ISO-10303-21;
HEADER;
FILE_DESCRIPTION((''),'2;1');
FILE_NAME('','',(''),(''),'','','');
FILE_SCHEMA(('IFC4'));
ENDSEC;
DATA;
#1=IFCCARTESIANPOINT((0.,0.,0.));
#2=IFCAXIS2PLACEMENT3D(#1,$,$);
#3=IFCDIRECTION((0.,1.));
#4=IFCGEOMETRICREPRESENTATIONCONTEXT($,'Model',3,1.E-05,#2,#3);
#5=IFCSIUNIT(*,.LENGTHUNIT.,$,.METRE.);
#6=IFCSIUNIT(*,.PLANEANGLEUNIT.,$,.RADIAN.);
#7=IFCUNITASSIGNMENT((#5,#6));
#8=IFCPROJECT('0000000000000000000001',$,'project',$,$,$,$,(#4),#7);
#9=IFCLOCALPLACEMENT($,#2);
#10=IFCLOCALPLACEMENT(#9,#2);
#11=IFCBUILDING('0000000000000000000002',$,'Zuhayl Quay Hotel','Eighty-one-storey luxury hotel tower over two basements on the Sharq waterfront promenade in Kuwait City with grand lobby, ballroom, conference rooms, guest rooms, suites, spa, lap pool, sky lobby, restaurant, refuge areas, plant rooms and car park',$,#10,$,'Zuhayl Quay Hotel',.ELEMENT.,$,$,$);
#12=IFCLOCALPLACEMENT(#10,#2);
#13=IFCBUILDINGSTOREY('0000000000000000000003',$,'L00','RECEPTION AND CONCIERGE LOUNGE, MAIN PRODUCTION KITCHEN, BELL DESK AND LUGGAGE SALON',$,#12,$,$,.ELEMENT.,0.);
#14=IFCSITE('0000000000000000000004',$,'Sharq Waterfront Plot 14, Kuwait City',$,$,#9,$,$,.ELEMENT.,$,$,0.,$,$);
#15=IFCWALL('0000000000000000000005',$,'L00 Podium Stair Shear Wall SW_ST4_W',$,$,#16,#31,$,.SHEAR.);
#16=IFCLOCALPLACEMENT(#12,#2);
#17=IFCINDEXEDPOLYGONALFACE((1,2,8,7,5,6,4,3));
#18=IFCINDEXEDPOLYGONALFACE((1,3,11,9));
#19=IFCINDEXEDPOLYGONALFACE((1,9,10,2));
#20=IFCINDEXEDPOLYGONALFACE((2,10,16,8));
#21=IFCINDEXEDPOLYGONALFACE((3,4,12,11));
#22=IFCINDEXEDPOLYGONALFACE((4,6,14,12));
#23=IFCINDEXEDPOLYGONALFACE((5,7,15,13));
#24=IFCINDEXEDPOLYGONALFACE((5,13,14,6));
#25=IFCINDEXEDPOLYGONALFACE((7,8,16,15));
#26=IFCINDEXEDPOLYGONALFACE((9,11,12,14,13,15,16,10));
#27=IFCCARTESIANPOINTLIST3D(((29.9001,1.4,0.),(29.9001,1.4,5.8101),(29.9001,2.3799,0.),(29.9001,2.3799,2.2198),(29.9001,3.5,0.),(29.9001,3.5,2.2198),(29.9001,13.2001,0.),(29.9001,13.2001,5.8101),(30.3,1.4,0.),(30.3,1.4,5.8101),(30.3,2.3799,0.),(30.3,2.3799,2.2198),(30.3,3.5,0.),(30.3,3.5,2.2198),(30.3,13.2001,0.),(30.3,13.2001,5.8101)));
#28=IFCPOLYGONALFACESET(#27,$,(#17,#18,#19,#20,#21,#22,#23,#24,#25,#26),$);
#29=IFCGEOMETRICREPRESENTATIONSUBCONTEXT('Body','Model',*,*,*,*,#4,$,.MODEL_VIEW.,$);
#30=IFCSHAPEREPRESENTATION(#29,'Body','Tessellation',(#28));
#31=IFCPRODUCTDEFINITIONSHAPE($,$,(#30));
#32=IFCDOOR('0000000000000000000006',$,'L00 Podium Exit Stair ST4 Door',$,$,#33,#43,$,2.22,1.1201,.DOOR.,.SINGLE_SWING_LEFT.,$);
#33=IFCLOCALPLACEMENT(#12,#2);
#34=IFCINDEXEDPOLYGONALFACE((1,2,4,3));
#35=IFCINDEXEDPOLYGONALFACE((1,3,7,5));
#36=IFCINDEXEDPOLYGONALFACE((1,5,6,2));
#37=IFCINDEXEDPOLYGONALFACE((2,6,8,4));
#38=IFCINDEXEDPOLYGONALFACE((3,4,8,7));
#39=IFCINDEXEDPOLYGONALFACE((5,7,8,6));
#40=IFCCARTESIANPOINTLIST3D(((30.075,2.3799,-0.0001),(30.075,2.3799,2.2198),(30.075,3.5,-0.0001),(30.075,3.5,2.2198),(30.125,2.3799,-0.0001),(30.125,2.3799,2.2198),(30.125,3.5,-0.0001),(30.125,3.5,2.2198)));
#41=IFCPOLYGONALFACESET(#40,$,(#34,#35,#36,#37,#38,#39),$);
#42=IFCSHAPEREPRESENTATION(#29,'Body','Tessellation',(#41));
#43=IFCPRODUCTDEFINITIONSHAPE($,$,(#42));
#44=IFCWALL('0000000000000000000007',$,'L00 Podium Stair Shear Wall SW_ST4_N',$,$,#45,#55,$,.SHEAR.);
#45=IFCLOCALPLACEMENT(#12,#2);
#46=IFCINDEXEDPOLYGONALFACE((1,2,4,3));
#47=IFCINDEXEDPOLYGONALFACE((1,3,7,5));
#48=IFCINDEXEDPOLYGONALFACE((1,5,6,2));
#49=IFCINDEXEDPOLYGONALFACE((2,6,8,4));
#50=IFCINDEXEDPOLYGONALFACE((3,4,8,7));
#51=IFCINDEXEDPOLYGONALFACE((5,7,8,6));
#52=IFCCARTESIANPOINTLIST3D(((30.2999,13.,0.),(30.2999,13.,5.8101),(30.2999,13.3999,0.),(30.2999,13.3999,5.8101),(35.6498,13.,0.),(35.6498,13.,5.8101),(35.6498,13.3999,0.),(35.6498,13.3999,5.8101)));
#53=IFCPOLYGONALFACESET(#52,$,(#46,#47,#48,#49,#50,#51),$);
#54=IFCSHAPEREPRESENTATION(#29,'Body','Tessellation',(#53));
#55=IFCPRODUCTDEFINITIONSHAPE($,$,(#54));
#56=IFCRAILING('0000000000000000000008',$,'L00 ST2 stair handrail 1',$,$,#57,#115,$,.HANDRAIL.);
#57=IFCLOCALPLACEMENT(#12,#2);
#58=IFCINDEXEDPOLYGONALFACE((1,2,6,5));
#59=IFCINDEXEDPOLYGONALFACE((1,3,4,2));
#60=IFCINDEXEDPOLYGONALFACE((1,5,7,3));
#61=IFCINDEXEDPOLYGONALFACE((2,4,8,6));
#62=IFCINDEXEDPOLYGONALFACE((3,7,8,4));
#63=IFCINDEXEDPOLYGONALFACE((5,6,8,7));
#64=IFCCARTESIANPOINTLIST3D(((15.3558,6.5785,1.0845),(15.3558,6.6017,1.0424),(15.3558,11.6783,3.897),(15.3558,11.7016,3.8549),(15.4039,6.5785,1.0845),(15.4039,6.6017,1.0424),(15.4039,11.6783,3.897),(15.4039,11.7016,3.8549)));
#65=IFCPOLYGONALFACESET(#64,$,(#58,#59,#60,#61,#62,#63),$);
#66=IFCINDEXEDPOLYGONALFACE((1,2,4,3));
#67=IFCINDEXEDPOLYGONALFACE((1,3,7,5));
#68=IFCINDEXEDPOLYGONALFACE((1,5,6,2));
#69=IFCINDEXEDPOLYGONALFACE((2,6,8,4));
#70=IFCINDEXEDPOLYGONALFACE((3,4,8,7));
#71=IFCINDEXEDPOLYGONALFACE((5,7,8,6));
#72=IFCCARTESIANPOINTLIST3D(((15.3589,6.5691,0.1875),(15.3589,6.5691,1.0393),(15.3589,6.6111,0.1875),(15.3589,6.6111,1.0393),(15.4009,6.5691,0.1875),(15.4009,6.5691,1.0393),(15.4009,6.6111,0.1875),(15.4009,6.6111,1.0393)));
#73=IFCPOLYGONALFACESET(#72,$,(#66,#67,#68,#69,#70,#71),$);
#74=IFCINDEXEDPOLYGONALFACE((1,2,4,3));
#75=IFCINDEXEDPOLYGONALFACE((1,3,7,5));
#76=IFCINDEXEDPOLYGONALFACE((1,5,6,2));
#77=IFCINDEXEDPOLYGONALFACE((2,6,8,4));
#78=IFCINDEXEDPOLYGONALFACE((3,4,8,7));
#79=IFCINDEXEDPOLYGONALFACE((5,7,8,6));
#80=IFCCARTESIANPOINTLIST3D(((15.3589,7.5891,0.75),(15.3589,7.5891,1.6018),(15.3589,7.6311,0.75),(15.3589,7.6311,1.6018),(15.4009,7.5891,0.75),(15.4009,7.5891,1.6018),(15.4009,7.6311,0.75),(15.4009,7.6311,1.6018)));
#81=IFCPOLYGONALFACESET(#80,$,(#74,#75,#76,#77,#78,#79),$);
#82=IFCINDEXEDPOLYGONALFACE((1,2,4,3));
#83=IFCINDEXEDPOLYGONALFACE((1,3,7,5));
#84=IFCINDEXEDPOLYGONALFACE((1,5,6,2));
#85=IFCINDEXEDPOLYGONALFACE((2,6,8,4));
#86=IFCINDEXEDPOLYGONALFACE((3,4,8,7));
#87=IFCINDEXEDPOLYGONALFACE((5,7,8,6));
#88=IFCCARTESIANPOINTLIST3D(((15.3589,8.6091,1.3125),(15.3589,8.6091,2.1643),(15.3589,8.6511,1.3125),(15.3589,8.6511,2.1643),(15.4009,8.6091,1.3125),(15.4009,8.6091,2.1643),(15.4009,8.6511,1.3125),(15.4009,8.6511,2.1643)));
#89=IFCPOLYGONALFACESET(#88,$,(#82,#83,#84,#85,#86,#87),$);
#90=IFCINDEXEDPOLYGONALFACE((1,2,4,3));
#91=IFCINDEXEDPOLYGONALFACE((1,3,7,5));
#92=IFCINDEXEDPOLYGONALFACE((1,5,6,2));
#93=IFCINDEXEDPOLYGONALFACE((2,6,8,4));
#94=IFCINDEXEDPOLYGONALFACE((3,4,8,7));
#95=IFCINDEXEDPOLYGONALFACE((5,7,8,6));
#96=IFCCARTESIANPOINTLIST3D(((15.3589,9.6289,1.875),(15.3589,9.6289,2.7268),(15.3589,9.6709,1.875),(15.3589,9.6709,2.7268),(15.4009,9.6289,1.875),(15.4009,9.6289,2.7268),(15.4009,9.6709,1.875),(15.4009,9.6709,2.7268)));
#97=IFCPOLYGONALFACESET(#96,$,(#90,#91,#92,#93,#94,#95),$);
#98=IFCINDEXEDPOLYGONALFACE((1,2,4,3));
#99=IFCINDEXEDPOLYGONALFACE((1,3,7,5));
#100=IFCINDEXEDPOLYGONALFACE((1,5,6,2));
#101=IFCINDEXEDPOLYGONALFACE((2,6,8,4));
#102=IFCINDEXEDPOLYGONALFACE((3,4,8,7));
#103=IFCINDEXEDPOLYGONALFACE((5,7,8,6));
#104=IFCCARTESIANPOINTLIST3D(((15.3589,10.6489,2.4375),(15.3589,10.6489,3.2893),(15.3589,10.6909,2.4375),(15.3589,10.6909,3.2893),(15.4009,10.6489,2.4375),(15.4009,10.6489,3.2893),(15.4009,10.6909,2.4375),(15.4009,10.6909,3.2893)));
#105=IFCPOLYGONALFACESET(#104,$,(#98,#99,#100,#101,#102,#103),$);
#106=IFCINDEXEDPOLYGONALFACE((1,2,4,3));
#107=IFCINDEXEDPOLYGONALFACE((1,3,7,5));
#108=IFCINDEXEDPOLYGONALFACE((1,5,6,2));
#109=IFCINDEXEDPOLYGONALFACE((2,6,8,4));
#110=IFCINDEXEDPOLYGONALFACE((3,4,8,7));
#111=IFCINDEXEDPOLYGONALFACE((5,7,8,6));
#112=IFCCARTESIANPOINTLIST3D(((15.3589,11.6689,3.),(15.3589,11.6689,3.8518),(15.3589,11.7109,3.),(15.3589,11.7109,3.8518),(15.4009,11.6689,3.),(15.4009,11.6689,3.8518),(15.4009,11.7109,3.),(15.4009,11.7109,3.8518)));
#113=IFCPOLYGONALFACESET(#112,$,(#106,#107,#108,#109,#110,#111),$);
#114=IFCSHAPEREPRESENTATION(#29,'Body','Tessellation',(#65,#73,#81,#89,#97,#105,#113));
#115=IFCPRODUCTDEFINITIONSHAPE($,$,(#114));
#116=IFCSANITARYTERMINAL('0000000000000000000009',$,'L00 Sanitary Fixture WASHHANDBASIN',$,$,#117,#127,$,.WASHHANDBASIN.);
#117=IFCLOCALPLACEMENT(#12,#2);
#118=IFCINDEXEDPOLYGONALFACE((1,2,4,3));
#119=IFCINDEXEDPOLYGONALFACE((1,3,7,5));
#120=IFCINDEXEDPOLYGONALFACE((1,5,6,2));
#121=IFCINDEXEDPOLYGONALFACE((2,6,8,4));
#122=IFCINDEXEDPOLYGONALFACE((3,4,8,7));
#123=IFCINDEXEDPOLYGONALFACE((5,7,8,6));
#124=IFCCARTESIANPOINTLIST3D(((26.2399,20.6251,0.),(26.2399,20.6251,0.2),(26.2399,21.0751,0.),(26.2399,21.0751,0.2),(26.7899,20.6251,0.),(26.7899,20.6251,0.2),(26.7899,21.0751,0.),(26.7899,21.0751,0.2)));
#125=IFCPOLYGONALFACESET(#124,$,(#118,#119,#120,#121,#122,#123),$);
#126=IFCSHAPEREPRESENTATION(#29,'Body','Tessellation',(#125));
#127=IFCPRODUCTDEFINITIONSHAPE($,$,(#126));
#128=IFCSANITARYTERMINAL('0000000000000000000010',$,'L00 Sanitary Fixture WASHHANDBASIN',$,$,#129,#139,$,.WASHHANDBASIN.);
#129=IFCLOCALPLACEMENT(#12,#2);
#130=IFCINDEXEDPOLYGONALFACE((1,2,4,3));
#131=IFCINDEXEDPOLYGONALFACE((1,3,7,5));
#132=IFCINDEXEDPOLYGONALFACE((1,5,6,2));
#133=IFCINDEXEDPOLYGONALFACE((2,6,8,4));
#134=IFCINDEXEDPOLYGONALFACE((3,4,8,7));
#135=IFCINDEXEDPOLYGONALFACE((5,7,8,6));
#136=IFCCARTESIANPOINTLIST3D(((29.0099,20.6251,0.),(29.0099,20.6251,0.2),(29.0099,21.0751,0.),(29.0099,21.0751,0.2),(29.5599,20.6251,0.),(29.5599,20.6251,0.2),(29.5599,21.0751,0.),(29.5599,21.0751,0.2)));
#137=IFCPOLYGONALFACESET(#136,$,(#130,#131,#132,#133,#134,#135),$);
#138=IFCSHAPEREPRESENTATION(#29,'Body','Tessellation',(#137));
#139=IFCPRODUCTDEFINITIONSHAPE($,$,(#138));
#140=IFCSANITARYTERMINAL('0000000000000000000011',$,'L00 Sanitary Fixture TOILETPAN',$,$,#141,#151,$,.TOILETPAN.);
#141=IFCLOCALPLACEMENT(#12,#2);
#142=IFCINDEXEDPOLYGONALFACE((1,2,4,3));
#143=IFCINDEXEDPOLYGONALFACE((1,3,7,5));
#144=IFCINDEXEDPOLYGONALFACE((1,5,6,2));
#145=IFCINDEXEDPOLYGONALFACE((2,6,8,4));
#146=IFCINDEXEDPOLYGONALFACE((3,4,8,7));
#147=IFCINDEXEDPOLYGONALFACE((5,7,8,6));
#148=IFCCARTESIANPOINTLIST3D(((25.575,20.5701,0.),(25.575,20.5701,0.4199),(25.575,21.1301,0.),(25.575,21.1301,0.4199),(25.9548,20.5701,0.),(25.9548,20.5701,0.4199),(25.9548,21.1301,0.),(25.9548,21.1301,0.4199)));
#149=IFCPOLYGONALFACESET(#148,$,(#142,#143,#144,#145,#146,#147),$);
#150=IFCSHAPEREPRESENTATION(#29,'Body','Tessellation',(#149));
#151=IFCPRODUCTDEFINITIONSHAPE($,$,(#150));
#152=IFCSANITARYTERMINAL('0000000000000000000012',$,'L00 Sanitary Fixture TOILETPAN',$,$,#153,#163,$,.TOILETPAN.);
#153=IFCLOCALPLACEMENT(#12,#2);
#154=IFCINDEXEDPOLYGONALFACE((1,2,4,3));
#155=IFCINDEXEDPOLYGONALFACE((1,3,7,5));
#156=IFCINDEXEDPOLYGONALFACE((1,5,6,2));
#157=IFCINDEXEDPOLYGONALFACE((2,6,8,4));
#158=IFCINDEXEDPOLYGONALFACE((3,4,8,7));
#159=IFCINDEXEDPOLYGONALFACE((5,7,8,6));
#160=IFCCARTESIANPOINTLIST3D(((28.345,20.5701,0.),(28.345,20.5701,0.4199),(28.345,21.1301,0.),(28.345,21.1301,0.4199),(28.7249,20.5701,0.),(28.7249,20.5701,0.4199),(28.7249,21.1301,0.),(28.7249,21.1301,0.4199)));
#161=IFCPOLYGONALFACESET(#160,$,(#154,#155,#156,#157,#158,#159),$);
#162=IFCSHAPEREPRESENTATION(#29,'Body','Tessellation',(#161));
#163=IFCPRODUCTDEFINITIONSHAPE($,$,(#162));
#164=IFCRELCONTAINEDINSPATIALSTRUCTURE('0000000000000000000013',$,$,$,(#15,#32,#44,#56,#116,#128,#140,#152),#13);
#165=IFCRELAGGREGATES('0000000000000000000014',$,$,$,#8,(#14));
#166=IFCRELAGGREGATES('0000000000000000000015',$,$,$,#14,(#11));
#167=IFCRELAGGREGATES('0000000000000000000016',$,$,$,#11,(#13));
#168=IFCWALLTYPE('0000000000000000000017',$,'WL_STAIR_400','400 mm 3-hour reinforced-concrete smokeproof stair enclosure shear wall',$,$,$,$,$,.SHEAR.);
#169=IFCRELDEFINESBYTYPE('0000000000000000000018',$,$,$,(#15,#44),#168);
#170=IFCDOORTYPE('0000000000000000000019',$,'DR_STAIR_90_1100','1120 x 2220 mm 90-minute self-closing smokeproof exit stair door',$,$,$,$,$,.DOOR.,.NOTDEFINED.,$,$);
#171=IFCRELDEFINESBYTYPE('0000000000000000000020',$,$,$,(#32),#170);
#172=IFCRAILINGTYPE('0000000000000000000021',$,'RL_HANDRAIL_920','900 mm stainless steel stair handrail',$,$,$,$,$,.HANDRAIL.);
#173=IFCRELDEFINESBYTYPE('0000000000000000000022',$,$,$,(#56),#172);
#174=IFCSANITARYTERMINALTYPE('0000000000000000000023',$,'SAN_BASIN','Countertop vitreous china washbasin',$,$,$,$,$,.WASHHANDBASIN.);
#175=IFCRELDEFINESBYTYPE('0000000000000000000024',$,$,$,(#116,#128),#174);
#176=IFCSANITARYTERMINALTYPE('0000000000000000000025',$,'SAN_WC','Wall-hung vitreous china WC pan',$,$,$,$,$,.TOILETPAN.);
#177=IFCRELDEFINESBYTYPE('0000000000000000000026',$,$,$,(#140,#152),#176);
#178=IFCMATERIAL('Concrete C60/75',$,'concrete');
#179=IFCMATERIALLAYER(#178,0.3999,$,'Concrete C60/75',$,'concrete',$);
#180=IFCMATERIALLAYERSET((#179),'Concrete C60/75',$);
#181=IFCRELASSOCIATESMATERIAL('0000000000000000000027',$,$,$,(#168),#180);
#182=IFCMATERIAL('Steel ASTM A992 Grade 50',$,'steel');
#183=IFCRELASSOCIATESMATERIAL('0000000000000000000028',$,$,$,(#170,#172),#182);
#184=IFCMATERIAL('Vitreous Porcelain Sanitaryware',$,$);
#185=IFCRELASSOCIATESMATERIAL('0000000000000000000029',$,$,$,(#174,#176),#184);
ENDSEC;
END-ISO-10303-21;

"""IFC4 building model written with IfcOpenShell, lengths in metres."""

from ifc_helpers import new_model, si_unit, direction, frame, frame_2d, origin, origin_2d, place, context, subcontext, project, spatial, rectangle, extrude, material, layer, layer_set, type_object, element, fill, save


model = new_model("IFC4")

# Units and contexts
model_context = context("Model", 3, precision=1e-05, world=origin(), true_north=direction((0.0, 1.0)))
body_context = subcontext(model_context, "Body", "Model", "MODEL_VIEW")
ifc_project = project(units=[si_unit("LENGTHUNIT", "METRE"), si_unit("PLANEANGLEUNIT", "RADIAN")], contexts=[model_context])

# Site, building, storey
site_placement = place(None, origin())
site = spatial("IfcSite", under=ifc_project, at=site_placement, Name="Sharq Waterfront Plot 14, Kuwait City", CompositionType="ELEMENT", RefElevation=0.0)
building_placement = place(site_placement, origin())
building = spatial("IfcBuilding", under=site, at=building_placement, Name="Zuhayl Quay Hotel", Description="Eighty-one-storey luxury hotel tower over two basements on the Sharq waterfront promenade in Kuwait City with grand lobby, ballroom, conference rooms, guest rooms, suites, spa, lap pool, sky lobby, restaurant, refuge areas, plant rooms and car park", LongName="Zuhayl Quay Hotel", CompositionType="ELEMENT")
storey_placement = place(building_placement, origin())
storey = spatial("IfcBuildingStorey", under=building, at=storey_placement, Name="L00", Description="RECEPTION AND CONCIERGE LOUNGE, MAIN PRODUCTION KITCHEN, BELL DESK AND LUGGAGE SALON", CompositionType="ELEMENT", Elevation=0.0)

# Wall, opening, door
ifc_material_1 = material(Name="Concrete C60/75", Category="concrete")
ifc_layer_1 = layer(ifc_material_1, 0.3999, Name="Concrete C60/75", Category="concrete")
ifc_layer_set_1 = layer_set([ifc_layer_1], Name="Concrete C60/75")
wall_type_1 = type_object("IfcWallType", Name="WL_STAIR_400", Description="400 mm 3-hour reinforced-concrete smokeproof stair enclosure shear wall", PredefinedType="SHEAR", material=ifc_layer_set_1)
wall_1_placement = place(storey_placement, frame((30.1001, 13.2, 0.0), z_axis=(0.0, 0.0, 1.0), x_axis=(0.0, -1.0, 0.0)))
wall_1 = element("IfcWall", 1, at=wall_1_placement, inside=storey, type_object=wall_type_1, Name="L00 Podium Stair Shear Wall SW_ST4_W", PredefinedType="SHEAR", context=body_context, shape_type="SweptSolid", body=[
    extrude(rectangle(XDim=11.8, YDim=0.3999, at=frame_2d((5.8999, 0.0))), origin(), (0.0, 0.0, 1.0), 5.8101),
])
opening_1_placement = place(wall_1_placement, frame((9.7, 0.0, 0.0)))
opening_1 = element("IfcOpeningElement", 2, at=opening_1_placement, cuts=wall_1, PredefinedType="OPENING", context=body_context, shape_type="SweptSolid", body=[
    extrude(rectangle(XDim=1.1201, YDim=2.22, at=frame_2d((0.5601, 1.1099))), frame((0.0, 0.21, 0.0), z_axis=(0.0, -1.0, 0.0), x_axis=(1.0, 0.0, 0.0)), (0.0, 0.0, 1.0), 0.4199),
])
ifc_material_2 = material(Name="Steel ASTM A992 Grade 50", Category="steel")
door_type_1 = type_object("IfcDoorType", Name="DR_STAIR_90_1100", Description="1120 x 2220 mm 90-minute self-closing smokeproof exit stair door", OperationType="NOTDEFINED", PredefinedType="DOOR", material=ifc_material_2)
door_1_placement = place(opening_1_placement, origin())
door_1 = element("IfcDoor", 3, at=door_1_placement, inside=storey, type_object=door_type_1, Name="L00 Podium Exit Stair ST4 Door", OperationType="SINGLE_SWING_LEFT", OverallHeight=2.22, OverallWidth=1.1201, PredefinedType="DOOR", context=body_context, shape_type="SweptSolid", body=[
    extrude(rectangle(XDim=1.1201, YDim=2.22, at=frame_2d((0.5601, 1.1099))), frame((0.0, 0.0249, 0.0), z_axis=(0.0, -1.0, 0.0), x_axis=(1.0, 0.0, 0.0)), (0.0, 0.0, 1.0), 0.05),
])
fill(opening_1, door_1)

# Wall
wall_2_placement = place(storey_placement, frame((30.3, 13.2, 0.0), z_axis=(0.0, 0.0, 1.0), x_axis=(1.0, 0.0, 0.0)))
element("IfcWall", 4, at=wall_2_placement, inside=storey, type_object=wall_type_1, Name="L00 Podium Stair Shear Wall SW_ST4_N", PredefinedType="SHEAR", context=body_context, shape_type="SweptSolid", body=[
    extrude(rectangle(XDim=5.3499, YDim=0.3999, at=frame_2d((2.6748, 0.0))), origin(), (0.0, 0.0, 1.0), 5.8101),
])

# Railing
railing_type = type_object("IfcRailingType", Name="RL_HANDRAIL_920", Description="900 mm stainless steel stair handrail", PredefinedType="HANDRAIL", material=ifc_material_2)
railing_placement = place(storey_placement, frame((15.3799, 6.5901, 0.1875)))
element("IfcRailing", 5, at=railing_placement, inside=storey, type_object=railing_type, Name="L00 ST2 stair handrail 1", PredefinedType="HANDRAIL", context=body_context, shape_type="SweptSolid", body=[
    extrude(rectangle(XDim=0.0481, YDim=0.0481, at=origin_2d()), frame((0.0, 0.0, 0.876), z_axis=(0.0, 0.875666, 0.482918), x_axis=(-1.0, 0.0, 0.0)), (0.0, 0.0, 1.0), 5.824),
    extrude(rectangle(XDim=0.042, YDim=0.042, at=origin_2d()), origin(), (0.0, 0.0, 1.0), 0.8518),
    extrude(rectangle(XDim=0.042, YDim=0.042, at=origin_2d()), frame((0.0, 1.02, 0.5625)), (0.0, 0.0, 1.0), 0.8518),
    extrude(rectangle(XDim=0.042, YDim=0.042, at=origin_2d()), frame((0.0, 2.04, 1.125)), (0.0, 0.0, 1.0), 0.8518),
    extrude(rectangle(XDim=0.042, YDim=0.042, at=origin_2d()), frame((0.0, 3.0598, 1.6875)), (0.0, 0.0, 1.0), 0.8518),
    extrude(rectangle(XDim=0.042, YDim=0.042, at=origin_2d()), frame((0.0, 4.0798, 2.25)), (0.0, 0.0, 1.0), 0.8518),
    extrude(rectangle(XDim=0.042, YDim=0.042, at=origin_2d()), frame((0.0, 5.0999, 2.8125)), (0.0, 0.0, 1.0), 0.8518),
])

# Sanitary terminals
ifc_material_3 = material(Name="Vitreous Porcelain Sanitaryware")
sanitary_terminal_type_1 = type_object("IfcSanitaryTerminalType", Name="SAN_BASIN", Description="Countertop vitreous china washbasin", PredefinedType="WASHHANDBASIN", material=ifc_material_3)
for number, where, z_axis, x_axis, name in (
    (6, (26.5149, 20.8501, 0.0), (0.0, 0.0, 1.0), (1.0, 0.0, 0.0), "L00 Sanitary Fixture WASHHANDBASIN"),
    (7, (29.2849, 20.8501, 0.0), (0.0, 0.0, 1.0), (1.0, 0.0, 0.0), "L00 Sanitary Fixture WASHHANDBASIN"),
):
    element("IfcSanitaryTerminal", number, at=place(storey_placement, frame(where, z_axis=z_axis, x_axis=x_axis)), inside=storey, type_object=sanitary_terminal_type_1, Name=name, PredefinedType="WASHHANDBASIN", context=body_context, shape_type="SweptSolid", body=[
        extrude(rectangle(XDim=0.55, YDim=0.45, at=origin_2d()), origin(), (0.0, 0.0, 1.0), 0.2),
    ])
sanitary_terminal_type_2 = type_object("IfcSanitaryTerminalType", Name="SAN_WC", Description="Wall-hung vitreous china WC pan", PredefinedType="TOILETPAN", material=ifc_material_3)
for number, where, z_axis, x_axis, name in (
    (8, (25.7649, 20.8501, 0.0), (0.0, 0.0, 1.0), (1.0, 0.0, 0.0), "L00 Sanitary Fixture TOILETPAN"),
    (9, (28.5349, 20.8501, 0.0), (0.0, 0.0, 1.0), (1.0, 0.0, 0.0), "L00 Sanitary Fixture TOILETPAN"),
):
    element("IfcSanitaryTerminal", number, at=place(storey_placement, frame(where, z_axis=z_axis, x_axis=x_axis)), inside=storey, type_object=sanitary_terminal_type_2, Name=name, PredefinedType="TOILETPAN", context=body_context, shape_type="SweptSolid", body=[
        extrude(rectangle(XDim=0.3799, YDim=0.5601, at=origin_2d()), origin(), (0.0, 0.0, 1.0), 0.4199),
    ])

save(model, "model.ifc")
